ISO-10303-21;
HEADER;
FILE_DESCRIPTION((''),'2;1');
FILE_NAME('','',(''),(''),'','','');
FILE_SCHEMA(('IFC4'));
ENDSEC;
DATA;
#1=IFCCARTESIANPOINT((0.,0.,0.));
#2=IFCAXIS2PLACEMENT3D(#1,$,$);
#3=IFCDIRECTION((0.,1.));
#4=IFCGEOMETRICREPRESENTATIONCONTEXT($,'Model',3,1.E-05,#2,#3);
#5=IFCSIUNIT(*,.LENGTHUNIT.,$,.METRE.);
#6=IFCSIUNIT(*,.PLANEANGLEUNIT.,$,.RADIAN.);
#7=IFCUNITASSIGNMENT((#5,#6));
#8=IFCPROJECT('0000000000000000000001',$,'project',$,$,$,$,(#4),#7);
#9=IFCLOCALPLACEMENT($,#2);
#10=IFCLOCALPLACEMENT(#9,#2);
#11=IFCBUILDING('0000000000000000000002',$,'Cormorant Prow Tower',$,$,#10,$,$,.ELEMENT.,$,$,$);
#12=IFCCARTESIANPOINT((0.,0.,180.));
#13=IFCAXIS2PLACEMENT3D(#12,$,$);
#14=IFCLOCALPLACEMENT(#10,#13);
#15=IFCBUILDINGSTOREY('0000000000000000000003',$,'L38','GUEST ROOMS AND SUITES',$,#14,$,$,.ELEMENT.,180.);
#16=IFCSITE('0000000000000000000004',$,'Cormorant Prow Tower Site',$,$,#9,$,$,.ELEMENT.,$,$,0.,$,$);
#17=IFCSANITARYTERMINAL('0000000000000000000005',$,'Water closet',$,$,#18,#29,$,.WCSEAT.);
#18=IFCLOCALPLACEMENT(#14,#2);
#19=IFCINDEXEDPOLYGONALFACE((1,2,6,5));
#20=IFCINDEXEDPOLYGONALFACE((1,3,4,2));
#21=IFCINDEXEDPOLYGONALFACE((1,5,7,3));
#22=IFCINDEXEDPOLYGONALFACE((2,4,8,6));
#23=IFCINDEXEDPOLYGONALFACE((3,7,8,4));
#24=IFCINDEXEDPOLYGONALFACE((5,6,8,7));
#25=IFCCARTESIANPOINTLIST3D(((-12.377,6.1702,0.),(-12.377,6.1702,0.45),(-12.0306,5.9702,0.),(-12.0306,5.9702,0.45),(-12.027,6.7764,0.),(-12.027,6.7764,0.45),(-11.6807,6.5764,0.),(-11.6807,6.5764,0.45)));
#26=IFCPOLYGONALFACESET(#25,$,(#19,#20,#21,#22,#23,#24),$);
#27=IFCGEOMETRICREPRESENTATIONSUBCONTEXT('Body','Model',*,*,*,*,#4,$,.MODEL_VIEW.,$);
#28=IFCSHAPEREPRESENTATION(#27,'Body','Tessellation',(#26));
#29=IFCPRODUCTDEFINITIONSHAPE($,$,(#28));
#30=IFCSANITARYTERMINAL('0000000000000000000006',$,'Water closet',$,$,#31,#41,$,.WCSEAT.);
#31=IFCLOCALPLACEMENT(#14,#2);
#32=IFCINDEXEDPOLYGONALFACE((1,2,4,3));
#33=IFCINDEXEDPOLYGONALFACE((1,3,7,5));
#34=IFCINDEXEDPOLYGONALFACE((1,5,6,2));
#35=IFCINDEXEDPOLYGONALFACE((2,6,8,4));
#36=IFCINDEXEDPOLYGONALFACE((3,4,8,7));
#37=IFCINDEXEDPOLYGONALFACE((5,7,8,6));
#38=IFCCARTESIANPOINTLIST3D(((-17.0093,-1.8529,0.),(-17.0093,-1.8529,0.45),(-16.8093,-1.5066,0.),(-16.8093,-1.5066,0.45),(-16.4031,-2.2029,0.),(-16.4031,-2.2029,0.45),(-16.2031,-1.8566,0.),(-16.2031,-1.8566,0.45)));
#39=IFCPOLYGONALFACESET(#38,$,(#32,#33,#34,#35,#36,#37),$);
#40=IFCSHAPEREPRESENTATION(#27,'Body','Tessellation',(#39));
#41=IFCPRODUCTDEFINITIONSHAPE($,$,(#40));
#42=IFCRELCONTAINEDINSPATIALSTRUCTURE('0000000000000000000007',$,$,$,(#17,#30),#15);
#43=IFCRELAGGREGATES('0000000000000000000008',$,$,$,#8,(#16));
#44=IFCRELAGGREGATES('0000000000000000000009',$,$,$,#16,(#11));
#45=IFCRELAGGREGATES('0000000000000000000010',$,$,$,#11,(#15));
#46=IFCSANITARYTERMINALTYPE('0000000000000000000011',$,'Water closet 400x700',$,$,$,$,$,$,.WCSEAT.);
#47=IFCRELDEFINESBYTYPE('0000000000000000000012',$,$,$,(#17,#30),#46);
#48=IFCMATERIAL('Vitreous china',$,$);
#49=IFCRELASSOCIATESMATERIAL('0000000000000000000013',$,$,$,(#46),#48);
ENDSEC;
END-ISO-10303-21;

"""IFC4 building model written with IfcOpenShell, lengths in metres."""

from ifc_helpers import new_model, si_unit, direction, frame, origin, origin_2d, place, context, subcontext, project, spatial, rectangle, extrude, material, type_object, element, save


model = new_model("IFC4")

# Units and contexts
model_context = context("Model", 3, precision=1e-05, world=origin(), true_north=direction((0.0, 1.0)))
body_context = subcontext(model_context, "Body", "Model", "MODEL_VIEW")
ifc_project = project(units=[si_unit("LENGTHUNIT", "METRE"), si_unit("PLANEANGLEUNIT", "RADIAN")], contexts=[model_context])

# Site, building, storey
site_placement = place(None, origin())
site = spatial("IfcSite", under=ifc_project, at=site_placement, Name="Cormorant Prow Tower Site", CompositionType="ELEMENT", RefElevation=0.0)
building_placement = place(site_placement, origin())
building = spatial("IfcBuilding", under=site, at=building_placement, Name="Cormorant Prow Tower", CompositionType="ELEMENT")
storey_placement = place(building_placement, frame((0.0, 0.0, 180.0)))
storey = spatial("IfcBuildingStorey", under=building, at=storey_placement, Name="L38", Description="GUEST ROOMS AND SUITES", CompositionType="ELEMENT", Elevation=180.0)

# Sanitary terminals
ifc_material_1 = material(Name="Vitreous china")
sanitary_terminal_type_1 = type_object("IfcSanitaryTerminalType", Name="Water closet 400x700", PredefinedType="WCSEAT", material=ifc_material_1)
for number, where, z_axis, x_axis, name in (
    (1, (-12.0288, 6.3733, 0.0), (0.0, 0.0, 1.0), (0.866025, -0.5, 0.0), "Water closet"),
    (2, (-16.6062, -1.8547, 0.0), (0.0, 0.0, 1.0), (0.5, 0.866025, 0.0), "Water closet"),
):
    element("IfcSanitaryTerminal", number, at=place(storey_placement, frame(where, z_axis=z_axis, x_axis=x_axis)), inside=storey, type_object=sanitary_terminal_type_1, Name=name, PredefinedType="WCSEAT", context=body_context, shape_type="SweptSolid", body=[
        extrude(rectangle(XDim=0.3999, YDim=0.7, at=origin_2d()), origin(), (0.0, 0.0, 1.0), 0.45),
    ])

save(model, "model.ifc")
